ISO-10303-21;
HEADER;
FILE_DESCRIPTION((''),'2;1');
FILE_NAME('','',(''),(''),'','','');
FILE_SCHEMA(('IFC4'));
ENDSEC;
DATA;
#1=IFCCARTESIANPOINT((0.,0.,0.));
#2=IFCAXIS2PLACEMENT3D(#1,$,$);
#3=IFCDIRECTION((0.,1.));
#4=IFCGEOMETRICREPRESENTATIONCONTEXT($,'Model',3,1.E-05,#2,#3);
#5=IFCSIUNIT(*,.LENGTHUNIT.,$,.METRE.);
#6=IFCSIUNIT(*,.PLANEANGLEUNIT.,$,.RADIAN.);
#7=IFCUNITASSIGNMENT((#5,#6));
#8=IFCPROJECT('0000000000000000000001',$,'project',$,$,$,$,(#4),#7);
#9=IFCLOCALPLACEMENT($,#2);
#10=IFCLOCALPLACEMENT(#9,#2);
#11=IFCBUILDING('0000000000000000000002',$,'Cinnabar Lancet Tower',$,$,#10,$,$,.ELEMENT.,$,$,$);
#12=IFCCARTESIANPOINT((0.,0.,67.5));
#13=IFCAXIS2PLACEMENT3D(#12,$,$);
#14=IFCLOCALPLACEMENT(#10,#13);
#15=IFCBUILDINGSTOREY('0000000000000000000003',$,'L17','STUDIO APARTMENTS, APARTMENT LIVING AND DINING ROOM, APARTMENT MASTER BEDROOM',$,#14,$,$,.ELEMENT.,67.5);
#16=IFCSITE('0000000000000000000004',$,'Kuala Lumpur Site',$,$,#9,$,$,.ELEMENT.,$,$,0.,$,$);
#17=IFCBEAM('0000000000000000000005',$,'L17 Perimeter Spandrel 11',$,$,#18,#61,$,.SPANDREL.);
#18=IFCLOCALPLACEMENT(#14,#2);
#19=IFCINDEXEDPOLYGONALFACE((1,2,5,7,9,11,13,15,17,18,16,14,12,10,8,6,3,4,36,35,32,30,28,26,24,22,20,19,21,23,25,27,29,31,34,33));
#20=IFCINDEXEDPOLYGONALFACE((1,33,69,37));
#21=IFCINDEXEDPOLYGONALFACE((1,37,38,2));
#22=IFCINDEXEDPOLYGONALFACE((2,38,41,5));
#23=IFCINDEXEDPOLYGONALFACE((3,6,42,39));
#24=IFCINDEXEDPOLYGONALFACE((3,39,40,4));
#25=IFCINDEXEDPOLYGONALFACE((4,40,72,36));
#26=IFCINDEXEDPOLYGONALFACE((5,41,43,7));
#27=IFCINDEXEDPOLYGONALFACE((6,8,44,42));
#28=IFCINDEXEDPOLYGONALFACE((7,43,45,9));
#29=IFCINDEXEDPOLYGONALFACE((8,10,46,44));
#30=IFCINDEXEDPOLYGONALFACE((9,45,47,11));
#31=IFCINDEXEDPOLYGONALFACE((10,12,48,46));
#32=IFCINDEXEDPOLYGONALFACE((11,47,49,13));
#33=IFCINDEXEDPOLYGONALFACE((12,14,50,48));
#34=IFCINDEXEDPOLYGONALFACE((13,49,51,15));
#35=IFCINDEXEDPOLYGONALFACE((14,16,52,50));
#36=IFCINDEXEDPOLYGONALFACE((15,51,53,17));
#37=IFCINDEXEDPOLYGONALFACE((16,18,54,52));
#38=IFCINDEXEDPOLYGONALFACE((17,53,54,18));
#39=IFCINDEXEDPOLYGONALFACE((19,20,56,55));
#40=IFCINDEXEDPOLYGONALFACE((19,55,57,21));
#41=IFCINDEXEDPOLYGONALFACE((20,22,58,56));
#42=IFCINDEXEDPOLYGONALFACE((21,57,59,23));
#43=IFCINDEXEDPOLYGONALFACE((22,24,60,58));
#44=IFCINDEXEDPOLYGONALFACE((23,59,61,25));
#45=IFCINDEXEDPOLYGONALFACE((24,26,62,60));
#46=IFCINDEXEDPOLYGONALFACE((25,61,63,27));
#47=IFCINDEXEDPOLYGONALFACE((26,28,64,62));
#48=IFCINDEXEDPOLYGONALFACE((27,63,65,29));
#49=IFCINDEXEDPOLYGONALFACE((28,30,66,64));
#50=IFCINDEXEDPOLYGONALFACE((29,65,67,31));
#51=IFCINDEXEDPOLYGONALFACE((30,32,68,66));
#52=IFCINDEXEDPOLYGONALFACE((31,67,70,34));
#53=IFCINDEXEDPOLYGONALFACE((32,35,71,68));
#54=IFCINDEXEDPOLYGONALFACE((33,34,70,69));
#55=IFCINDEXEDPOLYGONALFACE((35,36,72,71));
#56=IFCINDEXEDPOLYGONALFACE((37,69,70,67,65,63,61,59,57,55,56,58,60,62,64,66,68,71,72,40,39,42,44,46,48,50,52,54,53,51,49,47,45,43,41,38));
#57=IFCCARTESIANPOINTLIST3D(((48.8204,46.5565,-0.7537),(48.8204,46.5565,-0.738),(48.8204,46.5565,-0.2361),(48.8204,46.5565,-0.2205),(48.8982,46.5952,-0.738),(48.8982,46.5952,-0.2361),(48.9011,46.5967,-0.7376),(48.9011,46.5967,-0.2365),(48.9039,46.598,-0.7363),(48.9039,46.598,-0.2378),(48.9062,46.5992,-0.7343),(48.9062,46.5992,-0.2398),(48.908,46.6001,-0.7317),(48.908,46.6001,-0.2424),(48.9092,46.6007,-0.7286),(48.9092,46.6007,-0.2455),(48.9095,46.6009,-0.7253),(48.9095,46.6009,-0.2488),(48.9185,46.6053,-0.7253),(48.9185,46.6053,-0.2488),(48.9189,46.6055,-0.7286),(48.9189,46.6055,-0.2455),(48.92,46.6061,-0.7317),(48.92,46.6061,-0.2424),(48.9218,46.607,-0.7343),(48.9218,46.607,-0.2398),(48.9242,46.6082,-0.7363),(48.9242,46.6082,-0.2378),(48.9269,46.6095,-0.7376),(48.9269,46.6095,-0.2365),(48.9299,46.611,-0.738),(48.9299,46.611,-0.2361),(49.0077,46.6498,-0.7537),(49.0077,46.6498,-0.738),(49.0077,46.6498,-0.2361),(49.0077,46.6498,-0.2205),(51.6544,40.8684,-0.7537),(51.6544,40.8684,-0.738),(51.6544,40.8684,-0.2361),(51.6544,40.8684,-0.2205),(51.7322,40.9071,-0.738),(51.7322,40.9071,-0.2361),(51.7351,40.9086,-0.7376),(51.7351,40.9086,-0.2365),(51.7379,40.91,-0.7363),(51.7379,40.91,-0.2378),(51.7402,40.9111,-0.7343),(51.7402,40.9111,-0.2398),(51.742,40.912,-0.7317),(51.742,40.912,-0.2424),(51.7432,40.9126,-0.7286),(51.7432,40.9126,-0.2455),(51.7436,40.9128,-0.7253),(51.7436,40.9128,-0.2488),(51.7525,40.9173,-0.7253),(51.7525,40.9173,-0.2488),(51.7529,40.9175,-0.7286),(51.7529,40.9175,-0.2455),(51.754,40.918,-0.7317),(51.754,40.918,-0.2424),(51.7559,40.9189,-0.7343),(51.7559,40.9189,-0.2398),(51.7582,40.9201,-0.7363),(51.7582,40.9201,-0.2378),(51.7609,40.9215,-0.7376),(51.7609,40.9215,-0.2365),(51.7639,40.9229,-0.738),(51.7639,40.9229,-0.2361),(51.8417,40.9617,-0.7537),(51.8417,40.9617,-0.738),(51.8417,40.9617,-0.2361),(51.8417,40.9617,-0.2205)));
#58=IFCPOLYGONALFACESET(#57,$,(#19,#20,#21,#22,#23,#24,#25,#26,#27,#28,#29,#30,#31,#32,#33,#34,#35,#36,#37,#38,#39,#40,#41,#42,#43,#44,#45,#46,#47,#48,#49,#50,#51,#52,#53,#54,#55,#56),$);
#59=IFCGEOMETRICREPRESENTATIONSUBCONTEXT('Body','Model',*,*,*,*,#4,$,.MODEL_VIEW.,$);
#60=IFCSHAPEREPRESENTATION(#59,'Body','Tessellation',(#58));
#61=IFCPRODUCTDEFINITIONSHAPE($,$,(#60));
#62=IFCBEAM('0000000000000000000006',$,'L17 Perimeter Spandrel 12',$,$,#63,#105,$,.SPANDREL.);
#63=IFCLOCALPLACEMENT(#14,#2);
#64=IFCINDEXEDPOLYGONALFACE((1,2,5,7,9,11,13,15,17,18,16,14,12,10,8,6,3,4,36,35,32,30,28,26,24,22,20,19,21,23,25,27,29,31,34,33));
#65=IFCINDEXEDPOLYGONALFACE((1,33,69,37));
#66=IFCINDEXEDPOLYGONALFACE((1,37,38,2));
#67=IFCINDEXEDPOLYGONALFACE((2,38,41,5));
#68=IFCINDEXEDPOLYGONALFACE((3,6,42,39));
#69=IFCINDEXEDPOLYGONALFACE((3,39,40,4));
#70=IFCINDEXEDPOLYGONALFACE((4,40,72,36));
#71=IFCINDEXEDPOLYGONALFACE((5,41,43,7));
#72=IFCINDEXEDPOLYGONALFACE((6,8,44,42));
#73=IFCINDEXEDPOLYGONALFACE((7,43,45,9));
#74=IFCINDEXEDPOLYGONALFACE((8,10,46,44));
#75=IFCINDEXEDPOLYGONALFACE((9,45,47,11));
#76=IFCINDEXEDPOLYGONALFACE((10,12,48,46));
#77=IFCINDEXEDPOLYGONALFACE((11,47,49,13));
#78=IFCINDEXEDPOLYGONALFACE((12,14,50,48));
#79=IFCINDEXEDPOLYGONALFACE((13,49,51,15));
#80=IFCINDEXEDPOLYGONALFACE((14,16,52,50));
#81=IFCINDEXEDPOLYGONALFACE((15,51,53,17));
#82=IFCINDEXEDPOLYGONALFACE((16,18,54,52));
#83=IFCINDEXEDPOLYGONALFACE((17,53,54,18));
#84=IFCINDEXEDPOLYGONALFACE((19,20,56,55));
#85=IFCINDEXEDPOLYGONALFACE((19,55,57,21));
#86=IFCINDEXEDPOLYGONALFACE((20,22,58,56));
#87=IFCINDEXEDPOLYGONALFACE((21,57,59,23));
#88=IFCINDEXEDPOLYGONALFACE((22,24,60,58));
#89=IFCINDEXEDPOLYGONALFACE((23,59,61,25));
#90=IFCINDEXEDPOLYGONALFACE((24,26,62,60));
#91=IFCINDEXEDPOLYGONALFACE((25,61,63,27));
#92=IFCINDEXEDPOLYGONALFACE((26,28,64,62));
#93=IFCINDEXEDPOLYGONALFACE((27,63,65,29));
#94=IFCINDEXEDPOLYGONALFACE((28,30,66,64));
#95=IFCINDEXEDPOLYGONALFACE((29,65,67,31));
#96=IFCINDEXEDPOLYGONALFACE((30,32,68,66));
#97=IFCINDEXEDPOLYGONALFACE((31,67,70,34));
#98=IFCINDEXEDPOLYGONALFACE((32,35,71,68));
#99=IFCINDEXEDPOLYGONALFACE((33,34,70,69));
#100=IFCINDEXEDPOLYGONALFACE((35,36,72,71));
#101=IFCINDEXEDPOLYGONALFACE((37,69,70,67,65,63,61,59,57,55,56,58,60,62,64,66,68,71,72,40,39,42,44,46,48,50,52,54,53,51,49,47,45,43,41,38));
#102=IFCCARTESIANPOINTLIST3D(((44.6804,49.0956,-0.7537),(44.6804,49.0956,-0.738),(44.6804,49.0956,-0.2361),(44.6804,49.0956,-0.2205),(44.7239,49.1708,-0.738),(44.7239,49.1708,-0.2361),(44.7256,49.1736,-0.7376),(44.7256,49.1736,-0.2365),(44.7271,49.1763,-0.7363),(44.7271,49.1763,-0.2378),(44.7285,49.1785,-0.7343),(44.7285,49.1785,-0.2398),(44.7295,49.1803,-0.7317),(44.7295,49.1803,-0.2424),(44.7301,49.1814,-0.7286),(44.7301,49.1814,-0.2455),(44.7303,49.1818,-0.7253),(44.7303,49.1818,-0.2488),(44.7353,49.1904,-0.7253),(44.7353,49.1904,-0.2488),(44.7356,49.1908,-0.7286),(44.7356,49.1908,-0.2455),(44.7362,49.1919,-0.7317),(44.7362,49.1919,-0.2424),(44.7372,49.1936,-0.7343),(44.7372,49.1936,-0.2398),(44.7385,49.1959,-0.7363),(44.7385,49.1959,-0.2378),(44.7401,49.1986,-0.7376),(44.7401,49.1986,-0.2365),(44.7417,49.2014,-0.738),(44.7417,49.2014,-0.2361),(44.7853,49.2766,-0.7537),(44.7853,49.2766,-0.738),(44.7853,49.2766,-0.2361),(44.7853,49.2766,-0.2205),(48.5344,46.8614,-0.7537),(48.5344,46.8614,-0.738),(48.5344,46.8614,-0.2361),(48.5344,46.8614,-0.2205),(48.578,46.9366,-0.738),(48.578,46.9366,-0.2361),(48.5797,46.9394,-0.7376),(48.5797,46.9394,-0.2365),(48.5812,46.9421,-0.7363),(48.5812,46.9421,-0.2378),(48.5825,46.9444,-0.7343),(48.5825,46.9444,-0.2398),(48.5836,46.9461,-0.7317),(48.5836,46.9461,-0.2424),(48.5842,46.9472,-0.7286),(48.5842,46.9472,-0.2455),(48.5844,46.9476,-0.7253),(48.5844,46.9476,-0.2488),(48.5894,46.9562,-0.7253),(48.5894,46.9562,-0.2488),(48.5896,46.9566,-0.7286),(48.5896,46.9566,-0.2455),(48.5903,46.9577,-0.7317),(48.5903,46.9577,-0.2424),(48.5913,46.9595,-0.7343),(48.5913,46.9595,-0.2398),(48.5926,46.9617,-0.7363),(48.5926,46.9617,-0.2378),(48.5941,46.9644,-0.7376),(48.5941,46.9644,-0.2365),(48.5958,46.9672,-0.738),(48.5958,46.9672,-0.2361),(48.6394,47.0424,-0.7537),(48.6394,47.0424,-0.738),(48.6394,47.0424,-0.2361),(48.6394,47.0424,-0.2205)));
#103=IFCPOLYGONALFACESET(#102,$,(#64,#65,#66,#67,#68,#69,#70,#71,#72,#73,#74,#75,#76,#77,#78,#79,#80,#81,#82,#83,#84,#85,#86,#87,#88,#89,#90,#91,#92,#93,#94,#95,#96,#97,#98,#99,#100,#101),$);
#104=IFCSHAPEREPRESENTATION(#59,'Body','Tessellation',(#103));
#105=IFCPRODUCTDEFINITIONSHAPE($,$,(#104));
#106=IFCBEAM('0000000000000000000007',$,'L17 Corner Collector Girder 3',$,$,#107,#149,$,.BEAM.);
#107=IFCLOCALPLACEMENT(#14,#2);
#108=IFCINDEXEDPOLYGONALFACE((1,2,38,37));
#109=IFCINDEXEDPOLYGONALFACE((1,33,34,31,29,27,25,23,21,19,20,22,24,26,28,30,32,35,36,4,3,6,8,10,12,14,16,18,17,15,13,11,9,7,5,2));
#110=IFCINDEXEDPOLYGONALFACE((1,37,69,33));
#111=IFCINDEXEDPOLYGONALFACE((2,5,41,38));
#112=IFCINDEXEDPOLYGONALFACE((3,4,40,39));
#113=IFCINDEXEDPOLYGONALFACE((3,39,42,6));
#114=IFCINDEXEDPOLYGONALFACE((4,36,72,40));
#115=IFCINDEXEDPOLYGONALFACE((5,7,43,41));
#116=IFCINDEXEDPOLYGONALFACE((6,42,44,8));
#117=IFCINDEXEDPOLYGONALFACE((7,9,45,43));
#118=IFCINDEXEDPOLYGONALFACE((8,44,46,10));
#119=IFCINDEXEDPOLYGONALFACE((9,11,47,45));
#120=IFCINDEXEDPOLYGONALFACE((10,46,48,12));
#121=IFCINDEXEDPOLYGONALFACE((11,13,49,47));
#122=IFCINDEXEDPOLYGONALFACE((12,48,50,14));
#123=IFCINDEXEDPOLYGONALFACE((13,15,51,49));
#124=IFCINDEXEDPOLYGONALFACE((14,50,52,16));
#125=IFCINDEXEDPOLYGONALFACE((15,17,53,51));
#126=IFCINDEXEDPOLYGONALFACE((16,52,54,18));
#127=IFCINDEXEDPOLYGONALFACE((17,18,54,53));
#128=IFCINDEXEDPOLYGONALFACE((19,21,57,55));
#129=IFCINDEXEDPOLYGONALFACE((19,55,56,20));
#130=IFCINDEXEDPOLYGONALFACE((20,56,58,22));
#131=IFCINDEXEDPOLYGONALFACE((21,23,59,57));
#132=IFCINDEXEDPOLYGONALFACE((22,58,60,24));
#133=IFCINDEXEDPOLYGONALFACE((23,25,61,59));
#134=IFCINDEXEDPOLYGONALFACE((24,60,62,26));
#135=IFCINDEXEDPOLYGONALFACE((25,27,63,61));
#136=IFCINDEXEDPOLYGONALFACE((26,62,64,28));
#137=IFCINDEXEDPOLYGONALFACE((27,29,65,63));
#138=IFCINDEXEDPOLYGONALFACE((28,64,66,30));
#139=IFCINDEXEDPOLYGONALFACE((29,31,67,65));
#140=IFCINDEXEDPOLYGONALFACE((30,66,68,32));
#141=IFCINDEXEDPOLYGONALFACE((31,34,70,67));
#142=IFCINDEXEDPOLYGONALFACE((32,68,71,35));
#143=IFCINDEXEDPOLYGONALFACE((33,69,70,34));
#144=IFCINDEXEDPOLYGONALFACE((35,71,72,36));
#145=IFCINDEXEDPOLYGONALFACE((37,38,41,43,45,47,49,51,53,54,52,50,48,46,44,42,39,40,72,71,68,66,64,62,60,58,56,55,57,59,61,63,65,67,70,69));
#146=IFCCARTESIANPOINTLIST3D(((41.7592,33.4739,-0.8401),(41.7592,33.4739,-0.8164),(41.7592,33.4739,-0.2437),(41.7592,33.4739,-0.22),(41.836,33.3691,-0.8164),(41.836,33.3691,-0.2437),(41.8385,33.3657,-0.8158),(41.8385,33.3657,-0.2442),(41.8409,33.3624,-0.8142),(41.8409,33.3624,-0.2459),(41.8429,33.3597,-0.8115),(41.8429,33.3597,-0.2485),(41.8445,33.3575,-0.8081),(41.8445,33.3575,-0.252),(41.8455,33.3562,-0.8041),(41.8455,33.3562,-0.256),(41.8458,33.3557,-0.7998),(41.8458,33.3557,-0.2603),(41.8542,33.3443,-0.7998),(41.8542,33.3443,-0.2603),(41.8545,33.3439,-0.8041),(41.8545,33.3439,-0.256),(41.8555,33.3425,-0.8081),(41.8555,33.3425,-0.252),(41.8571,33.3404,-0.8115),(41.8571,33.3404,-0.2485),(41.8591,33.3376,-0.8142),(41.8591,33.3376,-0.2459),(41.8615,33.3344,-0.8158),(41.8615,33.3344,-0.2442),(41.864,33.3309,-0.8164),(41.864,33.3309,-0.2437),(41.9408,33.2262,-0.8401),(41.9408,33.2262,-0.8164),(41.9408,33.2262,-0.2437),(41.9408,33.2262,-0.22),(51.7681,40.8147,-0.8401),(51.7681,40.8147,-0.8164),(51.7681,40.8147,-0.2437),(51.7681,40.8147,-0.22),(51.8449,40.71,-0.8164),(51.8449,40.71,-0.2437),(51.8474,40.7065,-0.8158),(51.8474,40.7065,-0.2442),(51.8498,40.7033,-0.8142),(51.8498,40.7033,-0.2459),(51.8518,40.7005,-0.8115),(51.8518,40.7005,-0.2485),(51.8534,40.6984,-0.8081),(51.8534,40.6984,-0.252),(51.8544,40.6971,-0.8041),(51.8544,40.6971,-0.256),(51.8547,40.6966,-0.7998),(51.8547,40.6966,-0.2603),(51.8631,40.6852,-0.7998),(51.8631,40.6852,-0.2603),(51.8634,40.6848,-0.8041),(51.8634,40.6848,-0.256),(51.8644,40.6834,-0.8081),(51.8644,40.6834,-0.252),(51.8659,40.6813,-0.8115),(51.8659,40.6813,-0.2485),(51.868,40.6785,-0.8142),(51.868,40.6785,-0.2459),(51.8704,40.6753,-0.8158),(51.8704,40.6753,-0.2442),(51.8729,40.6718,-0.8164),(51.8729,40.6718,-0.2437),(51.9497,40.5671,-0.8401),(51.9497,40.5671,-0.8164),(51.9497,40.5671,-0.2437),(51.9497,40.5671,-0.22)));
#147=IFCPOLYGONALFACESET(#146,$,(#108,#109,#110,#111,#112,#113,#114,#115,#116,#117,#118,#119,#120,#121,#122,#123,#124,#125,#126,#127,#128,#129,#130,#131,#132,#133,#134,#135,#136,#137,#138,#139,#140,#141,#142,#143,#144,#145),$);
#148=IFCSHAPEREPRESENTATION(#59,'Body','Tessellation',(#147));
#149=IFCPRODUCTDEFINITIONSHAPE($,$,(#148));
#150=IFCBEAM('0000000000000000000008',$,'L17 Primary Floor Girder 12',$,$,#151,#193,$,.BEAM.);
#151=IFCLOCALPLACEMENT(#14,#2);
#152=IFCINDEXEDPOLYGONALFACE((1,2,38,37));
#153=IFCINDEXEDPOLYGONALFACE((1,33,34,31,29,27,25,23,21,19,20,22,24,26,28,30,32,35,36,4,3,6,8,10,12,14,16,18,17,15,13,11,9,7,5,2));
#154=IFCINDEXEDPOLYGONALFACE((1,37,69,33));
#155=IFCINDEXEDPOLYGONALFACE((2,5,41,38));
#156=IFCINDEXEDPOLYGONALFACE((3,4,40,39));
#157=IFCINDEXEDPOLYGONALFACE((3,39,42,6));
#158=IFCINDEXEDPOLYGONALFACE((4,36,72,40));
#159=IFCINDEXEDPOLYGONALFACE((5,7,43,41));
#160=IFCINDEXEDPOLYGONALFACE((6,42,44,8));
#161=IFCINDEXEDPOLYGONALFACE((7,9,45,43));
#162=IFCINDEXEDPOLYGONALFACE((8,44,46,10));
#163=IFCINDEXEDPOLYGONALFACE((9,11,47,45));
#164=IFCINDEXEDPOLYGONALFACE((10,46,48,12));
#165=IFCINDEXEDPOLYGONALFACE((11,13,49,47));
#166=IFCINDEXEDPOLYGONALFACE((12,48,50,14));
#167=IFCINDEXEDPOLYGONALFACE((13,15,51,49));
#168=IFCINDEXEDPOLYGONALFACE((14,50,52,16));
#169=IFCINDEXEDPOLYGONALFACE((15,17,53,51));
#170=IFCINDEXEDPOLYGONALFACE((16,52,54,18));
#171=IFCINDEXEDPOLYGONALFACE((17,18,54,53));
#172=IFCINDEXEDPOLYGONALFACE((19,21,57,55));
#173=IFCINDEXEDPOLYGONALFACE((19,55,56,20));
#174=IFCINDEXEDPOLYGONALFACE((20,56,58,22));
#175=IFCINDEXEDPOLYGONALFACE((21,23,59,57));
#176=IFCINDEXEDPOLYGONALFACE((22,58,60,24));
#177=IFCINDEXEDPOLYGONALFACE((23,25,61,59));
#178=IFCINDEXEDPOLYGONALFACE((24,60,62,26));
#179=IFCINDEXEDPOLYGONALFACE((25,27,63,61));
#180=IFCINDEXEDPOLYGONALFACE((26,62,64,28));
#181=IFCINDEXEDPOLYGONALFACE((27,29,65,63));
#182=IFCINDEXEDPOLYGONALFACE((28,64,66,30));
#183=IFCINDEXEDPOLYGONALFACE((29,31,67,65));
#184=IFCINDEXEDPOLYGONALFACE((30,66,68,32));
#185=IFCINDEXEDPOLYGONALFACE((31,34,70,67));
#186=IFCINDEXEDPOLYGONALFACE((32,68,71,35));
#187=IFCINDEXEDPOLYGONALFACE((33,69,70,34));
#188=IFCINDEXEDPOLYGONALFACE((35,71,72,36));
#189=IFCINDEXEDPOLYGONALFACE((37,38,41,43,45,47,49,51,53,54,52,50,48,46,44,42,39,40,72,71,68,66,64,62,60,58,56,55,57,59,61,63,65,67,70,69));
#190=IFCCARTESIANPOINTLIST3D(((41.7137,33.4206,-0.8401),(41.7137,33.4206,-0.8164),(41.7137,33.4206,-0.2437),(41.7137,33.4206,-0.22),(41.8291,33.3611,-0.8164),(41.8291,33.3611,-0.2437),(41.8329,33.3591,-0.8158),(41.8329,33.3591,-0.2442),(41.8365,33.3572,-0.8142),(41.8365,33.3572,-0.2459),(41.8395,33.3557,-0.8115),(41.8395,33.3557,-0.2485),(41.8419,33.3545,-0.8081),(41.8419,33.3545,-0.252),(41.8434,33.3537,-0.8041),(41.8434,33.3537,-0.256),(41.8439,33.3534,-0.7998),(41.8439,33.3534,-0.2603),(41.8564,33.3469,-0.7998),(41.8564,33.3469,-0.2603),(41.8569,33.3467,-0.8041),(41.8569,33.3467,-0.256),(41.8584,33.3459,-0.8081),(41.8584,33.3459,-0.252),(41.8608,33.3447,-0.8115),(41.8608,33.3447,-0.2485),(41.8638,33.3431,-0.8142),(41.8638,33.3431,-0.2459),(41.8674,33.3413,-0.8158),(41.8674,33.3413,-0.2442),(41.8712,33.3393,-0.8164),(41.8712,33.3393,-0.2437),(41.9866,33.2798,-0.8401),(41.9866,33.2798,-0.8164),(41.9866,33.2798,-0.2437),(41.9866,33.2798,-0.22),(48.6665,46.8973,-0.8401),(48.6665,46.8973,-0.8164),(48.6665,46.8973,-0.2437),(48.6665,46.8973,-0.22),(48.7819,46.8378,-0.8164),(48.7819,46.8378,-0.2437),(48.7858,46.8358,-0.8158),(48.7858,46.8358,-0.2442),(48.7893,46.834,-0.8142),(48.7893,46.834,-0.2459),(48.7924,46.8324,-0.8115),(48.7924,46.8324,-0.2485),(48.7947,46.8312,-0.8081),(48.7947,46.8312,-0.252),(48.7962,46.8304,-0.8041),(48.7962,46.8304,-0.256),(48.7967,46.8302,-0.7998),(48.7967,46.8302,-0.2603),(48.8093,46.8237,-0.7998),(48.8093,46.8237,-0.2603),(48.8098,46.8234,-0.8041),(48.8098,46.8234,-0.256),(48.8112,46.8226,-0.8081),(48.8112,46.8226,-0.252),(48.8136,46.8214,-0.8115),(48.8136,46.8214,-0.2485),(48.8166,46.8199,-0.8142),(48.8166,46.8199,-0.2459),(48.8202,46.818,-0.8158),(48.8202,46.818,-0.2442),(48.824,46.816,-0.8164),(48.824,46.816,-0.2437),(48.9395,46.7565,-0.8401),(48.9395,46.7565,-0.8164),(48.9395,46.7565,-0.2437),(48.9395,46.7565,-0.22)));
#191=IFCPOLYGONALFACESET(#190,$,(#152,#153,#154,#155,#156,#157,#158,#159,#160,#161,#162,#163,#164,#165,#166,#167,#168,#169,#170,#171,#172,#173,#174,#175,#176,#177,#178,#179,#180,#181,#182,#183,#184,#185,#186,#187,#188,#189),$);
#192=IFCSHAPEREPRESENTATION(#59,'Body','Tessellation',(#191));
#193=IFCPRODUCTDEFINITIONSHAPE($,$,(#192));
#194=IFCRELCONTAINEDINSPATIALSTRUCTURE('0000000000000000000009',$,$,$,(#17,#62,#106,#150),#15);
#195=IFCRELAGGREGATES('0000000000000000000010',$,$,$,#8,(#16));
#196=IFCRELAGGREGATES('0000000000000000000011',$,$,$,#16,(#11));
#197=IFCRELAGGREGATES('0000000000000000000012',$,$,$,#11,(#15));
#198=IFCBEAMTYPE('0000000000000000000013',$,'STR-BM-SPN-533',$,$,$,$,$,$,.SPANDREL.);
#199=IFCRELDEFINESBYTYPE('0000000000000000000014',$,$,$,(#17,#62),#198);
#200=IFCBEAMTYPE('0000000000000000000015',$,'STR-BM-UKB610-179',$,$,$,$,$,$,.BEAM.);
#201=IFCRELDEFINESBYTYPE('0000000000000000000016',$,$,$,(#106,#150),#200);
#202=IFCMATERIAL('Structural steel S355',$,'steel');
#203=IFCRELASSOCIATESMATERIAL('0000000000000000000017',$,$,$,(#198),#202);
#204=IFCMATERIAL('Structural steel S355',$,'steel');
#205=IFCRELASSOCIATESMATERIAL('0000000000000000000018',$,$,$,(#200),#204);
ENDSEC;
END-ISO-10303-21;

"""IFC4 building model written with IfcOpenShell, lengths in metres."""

from ifc_helpers import new_model, si_unit, direction, frame, origin, origin_2d, place, context, subcontext, project, spatial, i_section, extrude, material, material_profile, profile_set, type_object, element, save


model = new_model("IFC4")

# Units and contexts
model_context = context("Model", 3, precision=1e-05, world=origin(), true_north=direction((0.0, 1.0)))
body_context = subcontext(model_context, "Body", "Model", "MODEL_VIEW")
ifc_project = project(units=[si_unit("LENGTHUNIT", "METRE"), si_unit("PLANEANGLEUNIT", "RADIAN")], contexts=[model_context])

# Site, building, storey
site_placement = place(None, origin())
site = spatial("IfcSite", under=ifc_project, at=site_placement, Name="Kuala Lumpur Site", CompositionType="ELEMENT", RefElevation=0.0)
building_placement = place(site_placement, origin())
building = spatial("IfcBuilding", under=site, at=building_placement, Name="Cinnabar Lancet Tower", CompositionType="ELEMENT")
storey_placement = place(building_placement, frame((0.0, 0.0, 67.5)))
storey = spatial("IfcBuildingStorey", under=building, at=storey_placement, Name="L17", Description="STUDIO APARTMENTS, APARTMENT LIVING AND DINING ROOM, APARTMENT MASTER BEDROOM", CompositionType="ELEMENT", Elevation=67.5)

# Beams
ifc_material_1 = material(Name="Structural steel S355", Category="steel")
ifc_material_profile_1 = material_profile(ifc_material_1, i_section(OverallWidth=0.2092, OverallDepth=0.5332, WebThickness=0.01, FlangeThickness=0.0156, FilletRadius=0.0127, at=origin_2d()), Name="UKB 533x210x92")
ifc_profile_set_1 = profile_set([ifc_material_profile_1], Name="Structural steel S355")
beam_type_1 = type_object("IfcBeamType", Name="STR-BM-SPN-533", PredefinedType="SPANDREL", material=ifc_profile_set_1)
beam_1_placement = place(storey_placement, frame((51.748, 40.915, -0.4871), z_axis=(-0.445953, 0.895056, 0.0), x_axis=(-0.895056, -0.445953, 0.0)))
element("IfcBeam", 1, at=beam_1_placement, inside=storey, type_object=beam_type_1, Name="L17 Perimeter Spandrel 11", PredefinedType="SPANDREL", context=body_context, shape_type="SweptSolid", body=[
    extrude(i_section(OverallWidth=0.2092, OverallDepth=0.5332, WebThickness=0.01, FlangeThickness=0.0156, FilletRadius=0.0127, at=origin_2d()), origin(), (0.0, 0.0, 1.0), 6.355),
])
beam_2_placement = place(storey_placement, frame((48.5869, 46.9519, -0.4871), z_axis=(-0.865147, 0.501518, 0.0), x_axis=(-0.501518, -0.865147, 0.0)))
element("IfcBeam", 2, at=beam_2_placement, inside=storey, type_object=beam_type_1, Name="L17 Perimeter Spandrel 12", PredefinedType="SPANDREL", context=body_context, shape_type="SweptSolid", body=[
    extrude(i_section(OverallWidth=0.2092, OverallDepth=0.5332, WebThickness=0.01, FlangeThickness=0.0156, FilletRadius=0.0127, at=origin_2d()), origin(), (0.0, 0.0, 1.0), 4.4548),
])
ifc_material_2 = material(Name="Structural steel S355", Category="steel")
ifc_material_profile_2 = material_profile(ifc_material_2, i_section(OverallWidth=0.3071, OverallDepth=0.6201, WebThickness=0.0142, FlangeThickness=0.0237, FilletRadius=0.0166, at=origin_2d()), Name="UKB 610x305x179")
ifc_profile_set_2 = profile_set([ifc_material_profile_2], Name="Structural steel S355")
beam_type_2 = type_object("IfcBeamType", Name="STR-BM-UKB610-179", PredefinedType="BEAM", material=ifc_profile_set_2)
beam_3_placement = place(storey_placement, frame((51.8589, 40.6909, -0.53), z_axis=(-0.806365, -0.591418, 0.0), x_axis=(0.591418, -0.806365, 0.0)))
element("IfcBeam", 3, at=beam_3_placement, inside=storey, type_object=beam_type_2, Name="L17 Corner Collector Girder 3", PredefinedType="BEAM", context=body_context, shape_type="SweptSolid", body=[
    extrude(i_section(OverallWidth=0.3071, OverallDepth=0.6201, WebThickness=0.0142, FlangeThickness=0.0237, FilletRadius=0.0166, at=origin_2d()), origin(), (0.0, 0.0, 1.0), 12.4124),
])
beam_4_placement = place(storey_placement, frame((48.803, 46.8269, -0.53), z_axis=(-0.458492, -0.888698, 0.0), x_axis=(0.888698, -0.458492, 0.0)))
element("IfcBeam", 4, at=beam_4_placement, inside=storey, type_object=beam_type_2, Name="L17 Primary Floor Girder 12", PredefinedType="BEAM", context=body_context, shape_type="SweptSolid", body=[
    extrude(i_section(OverallWidth=0.3071, OverallDepth=0.6201, WebThickness=0.0142, FlangeThickness=0.0237, FilletRadius=0.0166, at=origin_2d()), origin(), (0.0, 0.0, 1.0), 15.1646),
])

save(model, "model.ifc")
